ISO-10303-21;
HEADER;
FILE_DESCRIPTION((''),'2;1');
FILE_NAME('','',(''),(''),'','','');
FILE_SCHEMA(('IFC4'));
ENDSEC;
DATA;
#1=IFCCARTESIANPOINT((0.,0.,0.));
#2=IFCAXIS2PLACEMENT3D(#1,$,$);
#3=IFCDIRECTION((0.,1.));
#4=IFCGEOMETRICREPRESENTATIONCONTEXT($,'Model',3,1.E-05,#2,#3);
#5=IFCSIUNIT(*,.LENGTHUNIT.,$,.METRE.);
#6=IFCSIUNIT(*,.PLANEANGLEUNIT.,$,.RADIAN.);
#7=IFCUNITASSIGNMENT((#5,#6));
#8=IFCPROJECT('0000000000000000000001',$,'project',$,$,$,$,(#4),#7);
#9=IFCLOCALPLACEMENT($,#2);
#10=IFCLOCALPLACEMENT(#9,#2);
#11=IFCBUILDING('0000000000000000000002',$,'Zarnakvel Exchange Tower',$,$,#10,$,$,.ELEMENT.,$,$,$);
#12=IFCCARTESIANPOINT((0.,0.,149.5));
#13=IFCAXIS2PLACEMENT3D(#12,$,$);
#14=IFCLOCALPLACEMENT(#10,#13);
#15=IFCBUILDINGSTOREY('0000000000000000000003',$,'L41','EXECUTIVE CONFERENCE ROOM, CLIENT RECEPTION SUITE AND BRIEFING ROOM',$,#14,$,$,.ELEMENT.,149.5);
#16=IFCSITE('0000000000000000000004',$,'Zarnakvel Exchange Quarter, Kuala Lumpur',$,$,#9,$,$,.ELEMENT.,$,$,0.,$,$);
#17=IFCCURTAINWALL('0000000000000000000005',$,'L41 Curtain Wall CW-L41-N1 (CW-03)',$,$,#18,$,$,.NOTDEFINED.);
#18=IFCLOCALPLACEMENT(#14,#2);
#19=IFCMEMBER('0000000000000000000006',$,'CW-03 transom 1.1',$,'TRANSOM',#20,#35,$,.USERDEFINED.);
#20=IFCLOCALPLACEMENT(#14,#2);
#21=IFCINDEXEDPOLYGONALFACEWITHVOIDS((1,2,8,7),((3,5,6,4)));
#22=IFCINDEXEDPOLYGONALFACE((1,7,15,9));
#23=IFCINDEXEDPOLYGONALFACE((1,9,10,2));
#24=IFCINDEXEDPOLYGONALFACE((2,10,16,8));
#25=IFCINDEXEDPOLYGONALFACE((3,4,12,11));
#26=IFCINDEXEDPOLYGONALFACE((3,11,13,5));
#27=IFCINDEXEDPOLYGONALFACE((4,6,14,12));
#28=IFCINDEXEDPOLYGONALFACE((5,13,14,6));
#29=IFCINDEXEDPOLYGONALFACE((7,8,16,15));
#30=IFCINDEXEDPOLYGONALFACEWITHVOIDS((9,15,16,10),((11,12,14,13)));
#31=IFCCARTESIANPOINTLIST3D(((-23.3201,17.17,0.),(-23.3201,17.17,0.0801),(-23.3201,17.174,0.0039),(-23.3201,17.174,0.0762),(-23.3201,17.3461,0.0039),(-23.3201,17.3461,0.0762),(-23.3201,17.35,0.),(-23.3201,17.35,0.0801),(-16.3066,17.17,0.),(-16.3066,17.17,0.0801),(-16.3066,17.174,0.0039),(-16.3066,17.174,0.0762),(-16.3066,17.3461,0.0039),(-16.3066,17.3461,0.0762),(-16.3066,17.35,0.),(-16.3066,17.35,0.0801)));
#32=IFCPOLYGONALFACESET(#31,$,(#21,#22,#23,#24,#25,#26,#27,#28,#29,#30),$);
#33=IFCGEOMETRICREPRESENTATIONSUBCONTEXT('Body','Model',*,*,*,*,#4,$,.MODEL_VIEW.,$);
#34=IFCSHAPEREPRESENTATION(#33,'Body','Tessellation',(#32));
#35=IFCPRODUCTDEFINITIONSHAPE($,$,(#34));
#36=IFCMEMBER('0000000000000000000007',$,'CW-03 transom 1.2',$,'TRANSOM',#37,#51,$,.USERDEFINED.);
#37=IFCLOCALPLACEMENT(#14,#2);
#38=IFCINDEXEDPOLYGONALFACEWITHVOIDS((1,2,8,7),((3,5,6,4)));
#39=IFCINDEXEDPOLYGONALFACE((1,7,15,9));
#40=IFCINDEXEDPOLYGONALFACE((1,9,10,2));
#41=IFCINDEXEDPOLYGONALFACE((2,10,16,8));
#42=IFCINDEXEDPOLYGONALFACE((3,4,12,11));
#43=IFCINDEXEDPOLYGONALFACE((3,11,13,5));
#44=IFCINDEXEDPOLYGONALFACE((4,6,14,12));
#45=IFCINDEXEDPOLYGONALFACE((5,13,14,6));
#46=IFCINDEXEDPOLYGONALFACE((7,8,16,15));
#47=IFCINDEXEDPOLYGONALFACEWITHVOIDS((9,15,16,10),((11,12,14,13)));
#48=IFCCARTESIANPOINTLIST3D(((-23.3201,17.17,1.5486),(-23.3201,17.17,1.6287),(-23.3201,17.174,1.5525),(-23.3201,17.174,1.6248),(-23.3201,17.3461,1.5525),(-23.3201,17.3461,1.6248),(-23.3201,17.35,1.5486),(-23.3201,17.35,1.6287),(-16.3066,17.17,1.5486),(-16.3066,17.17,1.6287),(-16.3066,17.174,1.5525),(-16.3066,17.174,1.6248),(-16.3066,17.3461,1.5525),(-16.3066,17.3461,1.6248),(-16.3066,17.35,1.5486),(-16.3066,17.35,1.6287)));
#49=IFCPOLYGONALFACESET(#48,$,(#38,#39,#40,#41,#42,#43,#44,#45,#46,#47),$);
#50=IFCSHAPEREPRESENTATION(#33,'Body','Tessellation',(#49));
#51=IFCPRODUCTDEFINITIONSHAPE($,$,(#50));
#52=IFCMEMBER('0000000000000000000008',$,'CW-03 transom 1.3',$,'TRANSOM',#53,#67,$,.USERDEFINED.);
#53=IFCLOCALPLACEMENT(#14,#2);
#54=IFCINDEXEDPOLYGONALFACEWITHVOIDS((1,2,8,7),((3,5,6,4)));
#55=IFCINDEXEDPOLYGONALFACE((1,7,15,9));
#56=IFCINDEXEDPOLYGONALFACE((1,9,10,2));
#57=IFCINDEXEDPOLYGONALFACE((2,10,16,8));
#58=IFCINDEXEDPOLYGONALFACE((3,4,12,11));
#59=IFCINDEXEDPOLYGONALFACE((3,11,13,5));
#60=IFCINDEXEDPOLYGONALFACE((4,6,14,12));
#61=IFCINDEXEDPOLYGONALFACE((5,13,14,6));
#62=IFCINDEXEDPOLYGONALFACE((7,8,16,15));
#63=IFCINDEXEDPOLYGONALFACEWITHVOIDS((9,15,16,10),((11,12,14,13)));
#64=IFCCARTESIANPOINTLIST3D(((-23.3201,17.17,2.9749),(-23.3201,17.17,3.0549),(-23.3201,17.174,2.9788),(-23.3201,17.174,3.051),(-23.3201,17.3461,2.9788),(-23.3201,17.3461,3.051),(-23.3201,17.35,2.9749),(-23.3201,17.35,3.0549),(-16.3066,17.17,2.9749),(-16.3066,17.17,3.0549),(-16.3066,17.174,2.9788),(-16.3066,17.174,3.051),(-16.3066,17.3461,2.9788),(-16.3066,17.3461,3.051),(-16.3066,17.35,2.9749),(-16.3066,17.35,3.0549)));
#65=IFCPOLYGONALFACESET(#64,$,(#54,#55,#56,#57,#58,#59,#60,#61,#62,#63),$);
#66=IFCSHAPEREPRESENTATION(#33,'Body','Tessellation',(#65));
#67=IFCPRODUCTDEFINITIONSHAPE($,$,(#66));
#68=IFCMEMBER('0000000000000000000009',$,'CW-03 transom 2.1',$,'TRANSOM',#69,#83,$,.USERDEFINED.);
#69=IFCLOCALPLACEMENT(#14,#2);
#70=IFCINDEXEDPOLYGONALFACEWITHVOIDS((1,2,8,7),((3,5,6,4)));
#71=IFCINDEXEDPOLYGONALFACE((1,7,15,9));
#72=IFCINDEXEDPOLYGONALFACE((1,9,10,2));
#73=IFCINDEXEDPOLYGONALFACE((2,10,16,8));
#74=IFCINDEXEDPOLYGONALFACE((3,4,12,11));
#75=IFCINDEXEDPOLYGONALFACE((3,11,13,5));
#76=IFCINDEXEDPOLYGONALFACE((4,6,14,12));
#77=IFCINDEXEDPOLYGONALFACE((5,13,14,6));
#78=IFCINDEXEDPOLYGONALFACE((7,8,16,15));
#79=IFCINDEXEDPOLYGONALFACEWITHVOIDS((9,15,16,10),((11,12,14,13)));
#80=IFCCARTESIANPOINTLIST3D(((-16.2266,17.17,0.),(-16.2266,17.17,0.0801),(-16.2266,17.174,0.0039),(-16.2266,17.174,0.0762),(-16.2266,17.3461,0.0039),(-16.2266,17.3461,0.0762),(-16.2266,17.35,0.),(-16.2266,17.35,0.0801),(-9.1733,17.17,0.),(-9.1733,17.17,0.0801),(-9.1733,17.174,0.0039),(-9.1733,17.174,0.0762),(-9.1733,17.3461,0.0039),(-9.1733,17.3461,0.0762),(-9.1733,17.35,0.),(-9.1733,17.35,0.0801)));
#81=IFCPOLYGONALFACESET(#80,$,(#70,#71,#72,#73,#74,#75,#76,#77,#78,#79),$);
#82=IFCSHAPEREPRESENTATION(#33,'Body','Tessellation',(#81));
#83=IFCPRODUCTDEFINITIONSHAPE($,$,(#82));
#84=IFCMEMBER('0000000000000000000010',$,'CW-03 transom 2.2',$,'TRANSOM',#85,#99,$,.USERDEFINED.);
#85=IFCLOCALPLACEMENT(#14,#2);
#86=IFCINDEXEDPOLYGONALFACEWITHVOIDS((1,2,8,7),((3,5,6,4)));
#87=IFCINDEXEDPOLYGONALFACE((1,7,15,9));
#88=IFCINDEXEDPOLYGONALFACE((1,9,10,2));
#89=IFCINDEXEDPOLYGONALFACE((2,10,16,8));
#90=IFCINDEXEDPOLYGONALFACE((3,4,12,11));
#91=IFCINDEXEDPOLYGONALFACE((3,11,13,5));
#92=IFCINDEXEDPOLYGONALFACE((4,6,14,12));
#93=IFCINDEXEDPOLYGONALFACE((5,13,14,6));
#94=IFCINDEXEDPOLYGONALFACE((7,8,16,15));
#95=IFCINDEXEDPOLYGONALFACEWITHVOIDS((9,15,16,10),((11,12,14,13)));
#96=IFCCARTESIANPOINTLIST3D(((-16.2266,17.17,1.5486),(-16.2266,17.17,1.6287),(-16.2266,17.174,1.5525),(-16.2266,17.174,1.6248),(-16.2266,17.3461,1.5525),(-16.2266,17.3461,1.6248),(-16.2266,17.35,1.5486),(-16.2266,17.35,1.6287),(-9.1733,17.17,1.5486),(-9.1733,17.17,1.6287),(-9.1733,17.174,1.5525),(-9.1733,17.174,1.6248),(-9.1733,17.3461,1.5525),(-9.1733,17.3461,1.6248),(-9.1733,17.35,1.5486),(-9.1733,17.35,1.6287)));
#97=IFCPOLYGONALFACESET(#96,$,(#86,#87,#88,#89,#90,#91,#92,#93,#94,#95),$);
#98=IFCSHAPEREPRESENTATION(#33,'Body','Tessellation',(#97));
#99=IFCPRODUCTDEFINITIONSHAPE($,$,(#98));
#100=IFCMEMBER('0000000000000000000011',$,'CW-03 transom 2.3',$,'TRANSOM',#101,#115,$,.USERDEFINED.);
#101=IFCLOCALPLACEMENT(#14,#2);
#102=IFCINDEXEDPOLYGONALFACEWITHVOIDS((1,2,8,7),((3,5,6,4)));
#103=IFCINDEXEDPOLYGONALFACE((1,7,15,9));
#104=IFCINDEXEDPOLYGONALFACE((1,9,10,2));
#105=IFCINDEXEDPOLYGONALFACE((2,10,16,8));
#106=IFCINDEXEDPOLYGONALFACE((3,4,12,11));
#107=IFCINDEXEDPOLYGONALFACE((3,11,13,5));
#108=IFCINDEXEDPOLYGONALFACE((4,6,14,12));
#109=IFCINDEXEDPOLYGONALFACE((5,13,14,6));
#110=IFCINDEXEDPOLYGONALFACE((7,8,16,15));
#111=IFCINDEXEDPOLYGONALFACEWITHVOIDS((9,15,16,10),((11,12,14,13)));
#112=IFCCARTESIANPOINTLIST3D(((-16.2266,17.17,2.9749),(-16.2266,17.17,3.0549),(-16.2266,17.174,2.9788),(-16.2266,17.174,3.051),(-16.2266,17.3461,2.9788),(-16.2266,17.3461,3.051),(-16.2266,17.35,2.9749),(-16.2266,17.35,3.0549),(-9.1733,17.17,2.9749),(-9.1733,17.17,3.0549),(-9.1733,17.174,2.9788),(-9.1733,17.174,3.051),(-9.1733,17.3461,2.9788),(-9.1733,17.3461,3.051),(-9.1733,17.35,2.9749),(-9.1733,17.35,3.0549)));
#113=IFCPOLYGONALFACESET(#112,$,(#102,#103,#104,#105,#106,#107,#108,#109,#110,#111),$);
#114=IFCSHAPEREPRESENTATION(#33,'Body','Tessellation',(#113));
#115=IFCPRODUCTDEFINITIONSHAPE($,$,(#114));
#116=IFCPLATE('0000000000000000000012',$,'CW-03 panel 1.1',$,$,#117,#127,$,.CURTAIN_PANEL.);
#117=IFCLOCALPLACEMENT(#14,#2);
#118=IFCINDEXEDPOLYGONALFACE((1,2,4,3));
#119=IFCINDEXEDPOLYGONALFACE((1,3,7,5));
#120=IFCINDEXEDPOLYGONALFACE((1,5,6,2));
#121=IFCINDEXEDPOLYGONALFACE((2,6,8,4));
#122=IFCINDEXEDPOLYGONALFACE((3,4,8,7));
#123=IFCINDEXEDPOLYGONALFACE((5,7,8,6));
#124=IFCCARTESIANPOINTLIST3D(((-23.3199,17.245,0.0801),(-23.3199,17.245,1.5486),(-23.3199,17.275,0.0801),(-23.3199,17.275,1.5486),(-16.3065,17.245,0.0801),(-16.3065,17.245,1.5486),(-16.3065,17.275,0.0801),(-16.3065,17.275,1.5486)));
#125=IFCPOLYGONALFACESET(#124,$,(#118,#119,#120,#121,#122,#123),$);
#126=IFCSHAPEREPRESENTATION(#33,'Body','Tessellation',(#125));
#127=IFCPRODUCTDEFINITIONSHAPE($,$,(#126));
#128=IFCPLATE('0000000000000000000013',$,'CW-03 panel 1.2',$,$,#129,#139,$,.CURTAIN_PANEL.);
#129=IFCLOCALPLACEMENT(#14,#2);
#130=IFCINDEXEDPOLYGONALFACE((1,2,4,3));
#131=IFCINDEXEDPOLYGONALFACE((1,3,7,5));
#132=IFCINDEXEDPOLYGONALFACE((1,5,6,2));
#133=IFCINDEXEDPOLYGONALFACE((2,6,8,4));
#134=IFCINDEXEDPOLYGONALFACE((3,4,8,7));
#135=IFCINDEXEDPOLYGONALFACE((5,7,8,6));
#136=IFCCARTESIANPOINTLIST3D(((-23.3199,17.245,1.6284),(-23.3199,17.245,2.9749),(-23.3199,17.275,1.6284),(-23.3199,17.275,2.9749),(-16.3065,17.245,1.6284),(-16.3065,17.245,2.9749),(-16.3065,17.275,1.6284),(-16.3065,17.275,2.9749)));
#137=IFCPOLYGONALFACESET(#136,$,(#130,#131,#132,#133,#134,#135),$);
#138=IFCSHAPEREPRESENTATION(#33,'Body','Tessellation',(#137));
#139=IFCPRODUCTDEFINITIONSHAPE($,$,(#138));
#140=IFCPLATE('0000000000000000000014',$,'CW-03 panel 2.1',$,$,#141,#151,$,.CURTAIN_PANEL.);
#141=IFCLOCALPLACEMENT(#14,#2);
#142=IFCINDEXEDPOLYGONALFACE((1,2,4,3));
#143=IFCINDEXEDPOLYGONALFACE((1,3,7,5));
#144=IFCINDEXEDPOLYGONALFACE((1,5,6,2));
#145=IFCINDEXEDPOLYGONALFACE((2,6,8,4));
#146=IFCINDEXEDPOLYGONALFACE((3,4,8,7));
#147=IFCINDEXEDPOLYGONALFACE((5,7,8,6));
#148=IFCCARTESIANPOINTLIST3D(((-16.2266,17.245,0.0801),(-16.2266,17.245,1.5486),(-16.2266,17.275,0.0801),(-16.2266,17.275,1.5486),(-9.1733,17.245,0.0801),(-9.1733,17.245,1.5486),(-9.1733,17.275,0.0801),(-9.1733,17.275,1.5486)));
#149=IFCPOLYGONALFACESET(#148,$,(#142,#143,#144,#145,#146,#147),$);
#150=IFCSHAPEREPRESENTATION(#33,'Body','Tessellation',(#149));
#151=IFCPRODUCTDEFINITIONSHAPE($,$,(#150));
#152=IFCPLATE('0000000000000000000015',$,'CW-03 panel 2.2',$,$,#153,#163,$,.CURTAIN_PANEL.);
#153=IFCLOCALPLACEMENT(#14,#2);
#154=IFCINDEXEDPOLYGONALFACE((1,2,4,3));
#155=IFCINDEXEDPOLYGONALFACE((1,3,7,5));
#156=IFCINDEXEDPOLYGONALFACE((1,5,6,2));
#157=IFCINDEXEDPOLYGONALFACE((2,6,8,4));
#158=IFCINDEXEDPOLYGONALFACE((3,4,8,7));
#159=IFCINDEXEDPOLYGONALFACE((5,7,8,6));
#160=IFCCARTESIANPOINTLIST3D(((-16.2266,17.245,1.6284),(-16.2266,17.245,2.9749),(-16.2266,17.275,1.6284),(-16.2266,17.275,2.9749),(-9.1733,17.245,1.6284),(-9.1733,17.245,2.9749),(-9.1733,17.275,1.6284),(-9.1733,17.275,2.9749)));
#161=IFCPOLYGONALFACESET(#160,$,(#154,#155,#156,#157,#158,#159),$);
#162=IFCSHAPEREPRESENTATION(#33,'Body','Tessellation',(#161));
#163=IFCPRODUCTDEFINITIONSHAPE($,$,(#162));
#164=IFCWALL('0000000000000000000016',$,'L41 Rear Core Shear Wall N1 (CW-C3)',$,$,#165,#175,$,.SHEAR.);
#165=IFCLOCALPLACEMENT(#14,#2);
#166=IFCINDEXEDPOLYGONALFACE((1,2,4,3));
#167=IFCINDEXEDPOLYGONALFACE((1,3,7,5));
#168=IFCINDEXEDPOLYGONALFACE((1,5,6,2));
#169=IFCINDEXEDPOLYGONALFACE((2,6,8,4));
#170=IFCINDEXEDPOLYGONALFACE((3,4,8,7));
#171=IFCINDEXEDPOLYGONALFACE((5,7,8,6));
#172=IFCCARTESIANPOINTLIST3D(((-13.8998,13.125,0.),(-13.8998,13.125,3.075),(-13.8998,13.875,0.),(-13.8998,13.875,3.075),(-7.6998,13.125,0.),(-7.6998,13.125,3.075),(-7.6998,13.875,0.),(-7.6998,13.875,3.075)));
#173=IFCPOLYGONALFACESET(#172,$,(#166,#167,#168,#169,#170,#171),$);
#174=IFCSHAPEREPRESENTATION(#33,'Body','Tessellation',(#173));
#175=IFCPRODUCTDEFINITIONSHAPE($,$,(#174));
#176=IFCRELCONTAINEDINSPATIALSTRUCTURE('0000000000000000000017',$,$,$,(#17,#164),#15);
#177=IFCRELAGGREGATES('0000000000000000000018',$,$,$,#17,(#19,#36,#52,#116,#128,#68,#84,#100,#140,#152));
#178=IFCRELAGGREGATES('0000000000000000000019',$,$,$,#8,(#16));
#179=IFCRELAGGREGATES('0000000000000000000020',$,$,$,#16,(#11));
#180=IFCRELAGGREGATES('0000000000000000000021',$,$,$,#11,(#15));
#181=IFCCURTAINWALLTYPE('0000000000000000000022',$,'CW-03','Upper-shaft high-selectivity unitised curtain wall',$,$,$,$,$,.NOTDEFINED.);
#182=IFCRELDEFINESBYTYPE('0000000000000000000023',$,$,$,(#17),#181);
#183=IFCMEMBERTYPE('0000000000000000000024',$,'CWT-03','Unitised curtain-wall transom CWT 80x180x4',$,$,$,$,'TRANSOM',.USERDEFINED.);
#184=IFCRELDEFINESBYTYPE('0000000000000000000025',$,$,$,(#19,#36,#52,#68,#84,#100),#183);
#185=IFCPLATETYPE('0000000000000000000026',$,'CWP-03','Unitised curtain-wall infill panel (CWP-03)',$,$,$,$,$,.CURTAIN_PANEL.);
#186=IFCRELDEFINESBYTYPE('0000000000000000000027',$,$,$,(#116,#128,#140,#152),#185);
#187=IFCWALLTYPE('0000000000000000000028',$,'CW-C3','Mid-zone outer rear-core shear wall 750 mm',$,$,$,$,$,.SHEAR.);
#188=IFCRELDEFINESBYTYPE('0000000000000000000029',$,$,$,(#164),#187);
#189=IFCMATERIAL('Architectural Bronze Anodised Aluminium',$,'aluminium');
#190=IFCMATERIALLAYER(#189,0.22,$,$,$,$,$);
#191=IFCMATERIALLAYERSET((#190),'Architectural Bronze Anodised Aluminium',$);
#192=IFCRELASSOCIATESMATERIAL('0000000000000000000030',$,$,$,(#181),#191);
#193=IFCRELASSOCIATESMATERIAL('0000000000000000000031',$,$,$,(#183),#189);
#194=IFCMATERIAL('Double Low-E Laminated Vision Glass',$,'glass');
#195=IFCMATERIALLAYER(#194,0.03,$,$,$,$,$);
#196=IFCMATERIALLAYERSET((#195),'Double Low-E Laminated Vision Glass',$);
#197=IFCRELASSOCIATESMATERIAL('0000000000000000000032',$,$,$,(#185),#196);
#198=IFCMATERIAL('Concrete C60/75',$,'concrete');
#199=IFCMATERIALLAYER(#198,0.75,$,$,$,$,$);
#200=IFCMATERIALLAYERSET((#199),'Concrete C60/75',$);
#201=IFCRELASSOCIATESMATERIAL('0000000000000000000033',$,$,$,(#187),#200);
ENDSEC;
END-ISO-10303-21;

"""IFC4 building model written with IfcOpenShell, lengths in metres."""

from ifc_helpers import new_model, si_unit, direction, frame, frame_2d, origin, origin_2d, place, context, subcontext, project, spatial, rectangle, hollow_rectangle, extrude, source, transform, mapped, material, layer, layer_set, material_profile, profile_set, type_object, element, aggregate, save


model = new_model("IFC4")

# Units and contexts
model_context = context("Model", 3, precision=1e-05, world=origin(), true_north=direction((0.0, 1.0)))
body_context = subcontext(model_context, "Body", "Model", "MODEL_VIEW")
ifc_project = project(units=[si_unit("LENGTHUNIT", "METRE"), si_unit("PLANEANGLEUNIT", "RADIAN")], contexts=[model_context])

# Site, building, storey
site_placement = place(None, origin())
site = spatial("IfcSite", under=ifc_project, at=site_placement, Name="Zarnakvel Exchange Quarter, Kuala Lumpur", CompositionType="ELEMENT", RefElevation=0.0)
building_placement = place(site_placement, origin())
building = spatial("IfcBuilding", under=site, at=building_placement, Name="Zarnakvel Exchange Tower", CompositionType="ELEMENT")
storey_placement = place(building_placement, frame((0.0, 0.0, 149.5)))
storey = spatial("IfcBuildingStorey", under=building, at=storey_placement, Name="L41", Description="EXECUTIVE CONFERENCE ROOM, CLIENT RECEPTION SUITE AND BRIEFING ROOM", CompositionType="ELEMENT", Elevation=149.5)

# Shared definitions
ifc_material_1 = material(Name="Architectural Bronze Anodised Aluminium", Category="aluminium")

# Curtain wall, members, plates
ifc_layer_1 = layer(ifc_material_1, 0.22)
ifc_layer_set_1 = layer_set([ifc_layer_1], Name="Architectural Bronze Anodised Aluminium")
curtain_wall_type_1 = type_object("IfcCurtainWallType", Name="CW-03", Description="Upper-shaft high-selectivity unitised curtain wall", PredefinedType="NOTDEFINED", material=ifc_layer_set_1)
curtain_wall_1_placement = place(storey_placement, origin())
curtain_wall_1 = element("IfcCurtainWall", 1, at=curtain_wall_1_placement, inside=storey, type_object=curtain_wall_type_1, Name="L41 Curtain Wall CW-L41-N1 (CW-03)", PredefinedType="NOTDEFINED")
ifc_material_profile_1 = material_profile(ifc_material_1, hollow_rectangle(XDim=0.1799, YDim=0.0801, WallThickness=0.0039, at=origin_2d()))
ifc_profile_set_1 = profile_set([ifc_material_profile_1], Name="Architectural Bronze Anodised Aluminium")
member_type_1 = type_object("IfcMemberType", Name="CWT-03", Description="Unitised curtain-wall transom CWT 80x180x4", ElementType="TRANSOM", PredefinedType="USERDEFINED", material=ifc_profile_set_1)
shared_shape_1 = source(origin(), body_context, "Body", "SweptSolid", [
    extrude(hollow_rectangle(XDim=0.1799, YDim=0.0801, WallThickness=0.0039, at=origin_2d()), origin(), (0.0, 0.0, 1.0), 7.0134),
])
member_1_placement = place(storey_placement, frame((-23.3201, 17.26, 0.04), z_axis=(1.0, 0.0, 0.0), x_axis=(0.0, 1.0, 0.0)))
member_1 = element("IfcMember", 2, at=member_1_placement, type_object=member_type_1, Name="CW-03 transom 1.1", ObjectType="TRANSOM", PredefinedType="USERDEFINED", context=body_context, shape_type="MappedRepresentation", body=[
    mapped(shared_shape_1, transform((0.0, 0.0, 0.0), x_axis=(1.0, 0.0, 0.0), y_axis=(0.0, 1.0, 0.0), z_axis=(0.0, 0.0, 1.0), scale=1.0)),
])
member_2_placement = place(storey_placement, frame((-23.3201, 17.26, 1.5886), z_axis=(1.0, 0.0, 0.0), x_axis=(0.0, 1.0, 0.0)))
member_2 = element("IfcMember", 3, at=member_2_placement, type_object=member_type_1, Name="CW-03 transom 1.2", ObjectType="TRANSOM", PredefinedType="USERDEFINED", context=body_context, shape_type="MappedRepresentation", body=[
    mapped(shared_shape_1, transform((0.0, 0.0, 0.0), x_axis=(1.0, 0.0, 0.0), y_axis=(0.0, 1.0, 0.0), z_axis=(0.0, 0.0, 1.0), scale=1.0)),
])
member_3_placement = place(storey_placement, frame((-23.3201, 17.26, 3.0149), z_axis=(1.0, 0.0, 0.0), x_axis=(0.0, 1.0, 0.0)))
member_3 = element("IfcMember", 4, at=member_3_placement, type_object=member_type_1, Name="CW-03 transom 1.3", ObjectType="TRANSOM", PredefinedType="USERDEFINED", context=body_context, shape_type="MappedRepresentation", body=[
    mapped(shared_shape_1, transform((0.0, 0.0, 0.0), x_axis=(1.0, 0.0, 0.0), y_axis=(0.0, 1.0, 0.0), z_axis=(0.0, 0.0, 1.0), scale=1.0)),
])
shared_shape_2 = source(origin(), body_context, "Body", "SweptSolid", [
    extrude(hollow_rectangle(XDim=0.1799, YDim=0.0801, WallThickness=0.0039, at=origin_2d()), origin(), (0.0, 0.0, 1.0), 7.0532),
])
member_4_placement = place(storey_placement, frame((-16.2266, 17.26, 0.04), z_axis=(1.0, 0.0, 0.0), x_axis=(0.0, 1.0, 0.0)))
member_4 = element("IfcMember", 5, at=member_4_placement, type_object=member_type_1, Name="CW-03 transom 2.1", ObjectType="TRANSOM", PredefinedType="USERDEFINED", context=body_context, shape_type="MappedRepresentation", body=[
    mapped(shared_shape_2, transform((0.0, 0.0, 0.0), x_axis=(1.0, 0.0, 0.0), y_axis=(0.0, 1.0, 0.0), z_axis=(0.0, 0.0, 1.0), scale=1.0)),
])
member_5_placement = place(storey_placement, frame((-16.2266, 17.26, 1.5886), z_axis=(1.0, 0.0, 0.0), x_axis=(0.0, 1.0, 0.0)))
member_5 = element("IfcMember", 6, at=member_5_placement, type_object=member_type_1, Name="CW-03 transom 2.2", ObjectType="TRANSOM", PredefinedType="USERDEFINED", context=body_context, shape_type="MappedRepresentation", body=[
    mapped(shared_shape_2, transform((0.0, 0.0, 0.0), x_axis=(1.0, 0.0, 0.0), y_axis=(0.0, 1.0, 0.0), z_axis=(0.0, 0.0, 1.0), scale=1.0)),
])
member_6_placement = place(storey_placement, frame((-16.2266, 17.26, 3.0149), z_axis=(1.0, 0.0, 0.0), x_axis=(0.0, 1.0, 0.0)))
member_6 = element("IfcMember", 7, at=member_6_placement, type_object=member_type_1, Name="CW-03 transom 2.3", ObjectType="TRANSOM", PredefinedType="USERDEFINED", context=body_context, shape_type="MappedRepresentation", body=[
    mapped(shared_shape_2, transform((0.0, 0.0, 0.0), x_axis=(1.0, 0.0, 0.0), y_axis=(0.0, 1.0, 0.0), z_axis=(0.0, 0.0, 1.0), scale=1.0)),
])
ifc_material_2 = material(Name="Double Low-E Laminated Vision Glass", Category="glass")
ifc_layer_2 = layer(ifc_material_2, 0.03)
ifc_layer_set_2 = layer_set([ifc_layer_2], Name="Double Low-E Laminated Vision Glass")
plate_type = type_object("IfcPlateType", Name="CWP-03", Description="Unitised curtain-wall infill panel (CWP-03)", PredefinedType="CURTAIN_PANEL", material=ifc_layer_set_2)
shared_shape_3 = source(origin(), body_context, "Body", "SweptSolid", [
    extrude(rectangle(XDim=7.0134, YDim=0.03, at=origin_2d()), origin(), (0.0, 0.0, 1.0), 1.4685),
])
plate_1_placement = place(storey_placement, frame((-19.8132, 17.26, 0.0801), z_axis=(0.0, 0.0, 1.0), x_axis=(1.0, 0.0, 0.0)))
plate_1 = element("IfcPlate", 8, at=plate_1_placement, type_object=plate_type, Name="CW-03 panel 1.1", PredefinedType="CURTAIN_PANEL", context=body_context, shape_type="MappedRepresentation", body=[
    mapped(shared_shape_3, transform((0.0, 0.0, 0.0), x_axis=(1.0, 0.0, 0.0), y_axis=(0.0, 1.0, 0.0), z_axis=(0.0, 0.0, 1.0), scale=1.0)),
])
shared_shape_4 = source(origin(), body_context, "Body", "SweptSolid", [
    extrude(rectangle(XDim=7.0134, YDim=0.03, at=origin_2d()), origin(), (0.0, 0.0, 1.0), 1.3464),
])
plate_2_placement = place(storey_placement, frame((-19.8132, 17.26, 1.6284), z_axis=(0.0, 0.0, 1.0), x_axis=(1.0, 0.0, 0.0)))
plate_2 = element("IfcPlate", 9, at=plate_2_placement, type_object=plate_type, Name="CW-03 panel 1.2", PredefinedType="CURTAIN_PANEL", context=body_context, shape_type="MappedRepresentation", body=[
    mapped(shared_shape_4, transform((0.0, 0.0, 0.0), x_axis=(1.0, 0.0, 0.0), y_axis=(0.0, 1.0, 0.0), z_axis=(0.0, 0.0, 1.0), scale=1.0)),
])
shared_shape_5 = source(origin(), body_context, "Body", "SweptSolid", [
    extrude(rectangle(XDim=7.0532, YDim=0.03, at=origin_2d()), origin(), (0.0, 0.0, 1.0), 1.4685),
])
plate_3_placement = place(storey_placement, frame((-12.7, 17.26, 0.0801), z_axis=(0.0, 0.0, 1.0), x_axis=(1.0, 0.0, 0.0)))
plate_3 = element("IfcPlate", 10, at=plate_3_placement, type_object=plate_type, Name="CW-03 panel 2.1", PredefinedType="CURTAIN_PANEL", context=body_context, shape_type="MappedRepresentation", body=[
    mapped(shared_shape_5, transform((0.0, 0.0, 0.0), x_axis=(1.0, 0.0, 0.0), y_axis=(0.0, 1.0, 0.0), z_axis=(0.0, 0.0, 1.0), scale=1.0)),
])
shared_shape_6 = source(origin(), body_context, "Body", "SweptSolid", [
    extrude(rectangle(XDim=7.0532, YDim=0.03, at=origin_2d()), origin(), (0.0, 0.0, 1.0), 1.3464),
])
plate_4_placement = place(storey_placement, frame((-12.7, 17.26, 1.6284), z_axis=(0.0, 0.0, 1.0), x_axis=(1.0, 0.0, 0.0)))
plate_4 = element("IfcPlate", 11, at=plate_4_placement, type_object=plate_type, Name="CW-03 panel 2.2", PredefinedType="CURTAIN_PANEL", context=body_context, shape_type="MappedRepresentation", body=[
    mapped(shared_shape_6, transform((0.0, 0.0, 0.0), x_axis=(1.0, 0.0, 0.0), y_axis=(0.0, 1.0, 0.0), z_axis=(0.0, 0.0, 1.0), scale=1.0)),
])
aggregate(curtain_wall_1, [member_1, member_2, member_3, plate_1, plate_2, member_4, member_5, member_6, plate_3, plate_4])

# Wall
ifc_material_3 = material(Name="Concrete C60/75", Category="concrete")
ifc_layer_3 = layer(ifc_material_3, 0.75)
ifc_layer_set_3 = layer_set([ifc_layer_3], Name="Concrete C60/75")
wall_type_1 = type_object("IfcWallType", Name="CW-C3", Description="Mid-zone outer rear-core shear wall 750 mm", PredefinedType="SHEAR", material=ifc_layer_set_3)
wall_1_placement = place(storey_placement, frame((-13.8999, 13.5, 0.0), z_axis=(0.0, 0.0, 1.0), x_axis=(1.0, 0.0, 0.0)))
element("IfcWall", 12, at=wall_1_placement, inside=storey, type_object=wall_type_1, Name="L41 Rear Core Shear Wall N1 (CW-C3)", PredefinedType="SHEAR", context=body_context, shape_type="SweptSolid", body=[
    extrude(rectangle(XDim=6.2, YDim=0.75, at=frame_2d((3.1001, 0.0))), origin(), (0.0, 0.0, 1.0), 3.075),
])

save(model, "model.ifc")
